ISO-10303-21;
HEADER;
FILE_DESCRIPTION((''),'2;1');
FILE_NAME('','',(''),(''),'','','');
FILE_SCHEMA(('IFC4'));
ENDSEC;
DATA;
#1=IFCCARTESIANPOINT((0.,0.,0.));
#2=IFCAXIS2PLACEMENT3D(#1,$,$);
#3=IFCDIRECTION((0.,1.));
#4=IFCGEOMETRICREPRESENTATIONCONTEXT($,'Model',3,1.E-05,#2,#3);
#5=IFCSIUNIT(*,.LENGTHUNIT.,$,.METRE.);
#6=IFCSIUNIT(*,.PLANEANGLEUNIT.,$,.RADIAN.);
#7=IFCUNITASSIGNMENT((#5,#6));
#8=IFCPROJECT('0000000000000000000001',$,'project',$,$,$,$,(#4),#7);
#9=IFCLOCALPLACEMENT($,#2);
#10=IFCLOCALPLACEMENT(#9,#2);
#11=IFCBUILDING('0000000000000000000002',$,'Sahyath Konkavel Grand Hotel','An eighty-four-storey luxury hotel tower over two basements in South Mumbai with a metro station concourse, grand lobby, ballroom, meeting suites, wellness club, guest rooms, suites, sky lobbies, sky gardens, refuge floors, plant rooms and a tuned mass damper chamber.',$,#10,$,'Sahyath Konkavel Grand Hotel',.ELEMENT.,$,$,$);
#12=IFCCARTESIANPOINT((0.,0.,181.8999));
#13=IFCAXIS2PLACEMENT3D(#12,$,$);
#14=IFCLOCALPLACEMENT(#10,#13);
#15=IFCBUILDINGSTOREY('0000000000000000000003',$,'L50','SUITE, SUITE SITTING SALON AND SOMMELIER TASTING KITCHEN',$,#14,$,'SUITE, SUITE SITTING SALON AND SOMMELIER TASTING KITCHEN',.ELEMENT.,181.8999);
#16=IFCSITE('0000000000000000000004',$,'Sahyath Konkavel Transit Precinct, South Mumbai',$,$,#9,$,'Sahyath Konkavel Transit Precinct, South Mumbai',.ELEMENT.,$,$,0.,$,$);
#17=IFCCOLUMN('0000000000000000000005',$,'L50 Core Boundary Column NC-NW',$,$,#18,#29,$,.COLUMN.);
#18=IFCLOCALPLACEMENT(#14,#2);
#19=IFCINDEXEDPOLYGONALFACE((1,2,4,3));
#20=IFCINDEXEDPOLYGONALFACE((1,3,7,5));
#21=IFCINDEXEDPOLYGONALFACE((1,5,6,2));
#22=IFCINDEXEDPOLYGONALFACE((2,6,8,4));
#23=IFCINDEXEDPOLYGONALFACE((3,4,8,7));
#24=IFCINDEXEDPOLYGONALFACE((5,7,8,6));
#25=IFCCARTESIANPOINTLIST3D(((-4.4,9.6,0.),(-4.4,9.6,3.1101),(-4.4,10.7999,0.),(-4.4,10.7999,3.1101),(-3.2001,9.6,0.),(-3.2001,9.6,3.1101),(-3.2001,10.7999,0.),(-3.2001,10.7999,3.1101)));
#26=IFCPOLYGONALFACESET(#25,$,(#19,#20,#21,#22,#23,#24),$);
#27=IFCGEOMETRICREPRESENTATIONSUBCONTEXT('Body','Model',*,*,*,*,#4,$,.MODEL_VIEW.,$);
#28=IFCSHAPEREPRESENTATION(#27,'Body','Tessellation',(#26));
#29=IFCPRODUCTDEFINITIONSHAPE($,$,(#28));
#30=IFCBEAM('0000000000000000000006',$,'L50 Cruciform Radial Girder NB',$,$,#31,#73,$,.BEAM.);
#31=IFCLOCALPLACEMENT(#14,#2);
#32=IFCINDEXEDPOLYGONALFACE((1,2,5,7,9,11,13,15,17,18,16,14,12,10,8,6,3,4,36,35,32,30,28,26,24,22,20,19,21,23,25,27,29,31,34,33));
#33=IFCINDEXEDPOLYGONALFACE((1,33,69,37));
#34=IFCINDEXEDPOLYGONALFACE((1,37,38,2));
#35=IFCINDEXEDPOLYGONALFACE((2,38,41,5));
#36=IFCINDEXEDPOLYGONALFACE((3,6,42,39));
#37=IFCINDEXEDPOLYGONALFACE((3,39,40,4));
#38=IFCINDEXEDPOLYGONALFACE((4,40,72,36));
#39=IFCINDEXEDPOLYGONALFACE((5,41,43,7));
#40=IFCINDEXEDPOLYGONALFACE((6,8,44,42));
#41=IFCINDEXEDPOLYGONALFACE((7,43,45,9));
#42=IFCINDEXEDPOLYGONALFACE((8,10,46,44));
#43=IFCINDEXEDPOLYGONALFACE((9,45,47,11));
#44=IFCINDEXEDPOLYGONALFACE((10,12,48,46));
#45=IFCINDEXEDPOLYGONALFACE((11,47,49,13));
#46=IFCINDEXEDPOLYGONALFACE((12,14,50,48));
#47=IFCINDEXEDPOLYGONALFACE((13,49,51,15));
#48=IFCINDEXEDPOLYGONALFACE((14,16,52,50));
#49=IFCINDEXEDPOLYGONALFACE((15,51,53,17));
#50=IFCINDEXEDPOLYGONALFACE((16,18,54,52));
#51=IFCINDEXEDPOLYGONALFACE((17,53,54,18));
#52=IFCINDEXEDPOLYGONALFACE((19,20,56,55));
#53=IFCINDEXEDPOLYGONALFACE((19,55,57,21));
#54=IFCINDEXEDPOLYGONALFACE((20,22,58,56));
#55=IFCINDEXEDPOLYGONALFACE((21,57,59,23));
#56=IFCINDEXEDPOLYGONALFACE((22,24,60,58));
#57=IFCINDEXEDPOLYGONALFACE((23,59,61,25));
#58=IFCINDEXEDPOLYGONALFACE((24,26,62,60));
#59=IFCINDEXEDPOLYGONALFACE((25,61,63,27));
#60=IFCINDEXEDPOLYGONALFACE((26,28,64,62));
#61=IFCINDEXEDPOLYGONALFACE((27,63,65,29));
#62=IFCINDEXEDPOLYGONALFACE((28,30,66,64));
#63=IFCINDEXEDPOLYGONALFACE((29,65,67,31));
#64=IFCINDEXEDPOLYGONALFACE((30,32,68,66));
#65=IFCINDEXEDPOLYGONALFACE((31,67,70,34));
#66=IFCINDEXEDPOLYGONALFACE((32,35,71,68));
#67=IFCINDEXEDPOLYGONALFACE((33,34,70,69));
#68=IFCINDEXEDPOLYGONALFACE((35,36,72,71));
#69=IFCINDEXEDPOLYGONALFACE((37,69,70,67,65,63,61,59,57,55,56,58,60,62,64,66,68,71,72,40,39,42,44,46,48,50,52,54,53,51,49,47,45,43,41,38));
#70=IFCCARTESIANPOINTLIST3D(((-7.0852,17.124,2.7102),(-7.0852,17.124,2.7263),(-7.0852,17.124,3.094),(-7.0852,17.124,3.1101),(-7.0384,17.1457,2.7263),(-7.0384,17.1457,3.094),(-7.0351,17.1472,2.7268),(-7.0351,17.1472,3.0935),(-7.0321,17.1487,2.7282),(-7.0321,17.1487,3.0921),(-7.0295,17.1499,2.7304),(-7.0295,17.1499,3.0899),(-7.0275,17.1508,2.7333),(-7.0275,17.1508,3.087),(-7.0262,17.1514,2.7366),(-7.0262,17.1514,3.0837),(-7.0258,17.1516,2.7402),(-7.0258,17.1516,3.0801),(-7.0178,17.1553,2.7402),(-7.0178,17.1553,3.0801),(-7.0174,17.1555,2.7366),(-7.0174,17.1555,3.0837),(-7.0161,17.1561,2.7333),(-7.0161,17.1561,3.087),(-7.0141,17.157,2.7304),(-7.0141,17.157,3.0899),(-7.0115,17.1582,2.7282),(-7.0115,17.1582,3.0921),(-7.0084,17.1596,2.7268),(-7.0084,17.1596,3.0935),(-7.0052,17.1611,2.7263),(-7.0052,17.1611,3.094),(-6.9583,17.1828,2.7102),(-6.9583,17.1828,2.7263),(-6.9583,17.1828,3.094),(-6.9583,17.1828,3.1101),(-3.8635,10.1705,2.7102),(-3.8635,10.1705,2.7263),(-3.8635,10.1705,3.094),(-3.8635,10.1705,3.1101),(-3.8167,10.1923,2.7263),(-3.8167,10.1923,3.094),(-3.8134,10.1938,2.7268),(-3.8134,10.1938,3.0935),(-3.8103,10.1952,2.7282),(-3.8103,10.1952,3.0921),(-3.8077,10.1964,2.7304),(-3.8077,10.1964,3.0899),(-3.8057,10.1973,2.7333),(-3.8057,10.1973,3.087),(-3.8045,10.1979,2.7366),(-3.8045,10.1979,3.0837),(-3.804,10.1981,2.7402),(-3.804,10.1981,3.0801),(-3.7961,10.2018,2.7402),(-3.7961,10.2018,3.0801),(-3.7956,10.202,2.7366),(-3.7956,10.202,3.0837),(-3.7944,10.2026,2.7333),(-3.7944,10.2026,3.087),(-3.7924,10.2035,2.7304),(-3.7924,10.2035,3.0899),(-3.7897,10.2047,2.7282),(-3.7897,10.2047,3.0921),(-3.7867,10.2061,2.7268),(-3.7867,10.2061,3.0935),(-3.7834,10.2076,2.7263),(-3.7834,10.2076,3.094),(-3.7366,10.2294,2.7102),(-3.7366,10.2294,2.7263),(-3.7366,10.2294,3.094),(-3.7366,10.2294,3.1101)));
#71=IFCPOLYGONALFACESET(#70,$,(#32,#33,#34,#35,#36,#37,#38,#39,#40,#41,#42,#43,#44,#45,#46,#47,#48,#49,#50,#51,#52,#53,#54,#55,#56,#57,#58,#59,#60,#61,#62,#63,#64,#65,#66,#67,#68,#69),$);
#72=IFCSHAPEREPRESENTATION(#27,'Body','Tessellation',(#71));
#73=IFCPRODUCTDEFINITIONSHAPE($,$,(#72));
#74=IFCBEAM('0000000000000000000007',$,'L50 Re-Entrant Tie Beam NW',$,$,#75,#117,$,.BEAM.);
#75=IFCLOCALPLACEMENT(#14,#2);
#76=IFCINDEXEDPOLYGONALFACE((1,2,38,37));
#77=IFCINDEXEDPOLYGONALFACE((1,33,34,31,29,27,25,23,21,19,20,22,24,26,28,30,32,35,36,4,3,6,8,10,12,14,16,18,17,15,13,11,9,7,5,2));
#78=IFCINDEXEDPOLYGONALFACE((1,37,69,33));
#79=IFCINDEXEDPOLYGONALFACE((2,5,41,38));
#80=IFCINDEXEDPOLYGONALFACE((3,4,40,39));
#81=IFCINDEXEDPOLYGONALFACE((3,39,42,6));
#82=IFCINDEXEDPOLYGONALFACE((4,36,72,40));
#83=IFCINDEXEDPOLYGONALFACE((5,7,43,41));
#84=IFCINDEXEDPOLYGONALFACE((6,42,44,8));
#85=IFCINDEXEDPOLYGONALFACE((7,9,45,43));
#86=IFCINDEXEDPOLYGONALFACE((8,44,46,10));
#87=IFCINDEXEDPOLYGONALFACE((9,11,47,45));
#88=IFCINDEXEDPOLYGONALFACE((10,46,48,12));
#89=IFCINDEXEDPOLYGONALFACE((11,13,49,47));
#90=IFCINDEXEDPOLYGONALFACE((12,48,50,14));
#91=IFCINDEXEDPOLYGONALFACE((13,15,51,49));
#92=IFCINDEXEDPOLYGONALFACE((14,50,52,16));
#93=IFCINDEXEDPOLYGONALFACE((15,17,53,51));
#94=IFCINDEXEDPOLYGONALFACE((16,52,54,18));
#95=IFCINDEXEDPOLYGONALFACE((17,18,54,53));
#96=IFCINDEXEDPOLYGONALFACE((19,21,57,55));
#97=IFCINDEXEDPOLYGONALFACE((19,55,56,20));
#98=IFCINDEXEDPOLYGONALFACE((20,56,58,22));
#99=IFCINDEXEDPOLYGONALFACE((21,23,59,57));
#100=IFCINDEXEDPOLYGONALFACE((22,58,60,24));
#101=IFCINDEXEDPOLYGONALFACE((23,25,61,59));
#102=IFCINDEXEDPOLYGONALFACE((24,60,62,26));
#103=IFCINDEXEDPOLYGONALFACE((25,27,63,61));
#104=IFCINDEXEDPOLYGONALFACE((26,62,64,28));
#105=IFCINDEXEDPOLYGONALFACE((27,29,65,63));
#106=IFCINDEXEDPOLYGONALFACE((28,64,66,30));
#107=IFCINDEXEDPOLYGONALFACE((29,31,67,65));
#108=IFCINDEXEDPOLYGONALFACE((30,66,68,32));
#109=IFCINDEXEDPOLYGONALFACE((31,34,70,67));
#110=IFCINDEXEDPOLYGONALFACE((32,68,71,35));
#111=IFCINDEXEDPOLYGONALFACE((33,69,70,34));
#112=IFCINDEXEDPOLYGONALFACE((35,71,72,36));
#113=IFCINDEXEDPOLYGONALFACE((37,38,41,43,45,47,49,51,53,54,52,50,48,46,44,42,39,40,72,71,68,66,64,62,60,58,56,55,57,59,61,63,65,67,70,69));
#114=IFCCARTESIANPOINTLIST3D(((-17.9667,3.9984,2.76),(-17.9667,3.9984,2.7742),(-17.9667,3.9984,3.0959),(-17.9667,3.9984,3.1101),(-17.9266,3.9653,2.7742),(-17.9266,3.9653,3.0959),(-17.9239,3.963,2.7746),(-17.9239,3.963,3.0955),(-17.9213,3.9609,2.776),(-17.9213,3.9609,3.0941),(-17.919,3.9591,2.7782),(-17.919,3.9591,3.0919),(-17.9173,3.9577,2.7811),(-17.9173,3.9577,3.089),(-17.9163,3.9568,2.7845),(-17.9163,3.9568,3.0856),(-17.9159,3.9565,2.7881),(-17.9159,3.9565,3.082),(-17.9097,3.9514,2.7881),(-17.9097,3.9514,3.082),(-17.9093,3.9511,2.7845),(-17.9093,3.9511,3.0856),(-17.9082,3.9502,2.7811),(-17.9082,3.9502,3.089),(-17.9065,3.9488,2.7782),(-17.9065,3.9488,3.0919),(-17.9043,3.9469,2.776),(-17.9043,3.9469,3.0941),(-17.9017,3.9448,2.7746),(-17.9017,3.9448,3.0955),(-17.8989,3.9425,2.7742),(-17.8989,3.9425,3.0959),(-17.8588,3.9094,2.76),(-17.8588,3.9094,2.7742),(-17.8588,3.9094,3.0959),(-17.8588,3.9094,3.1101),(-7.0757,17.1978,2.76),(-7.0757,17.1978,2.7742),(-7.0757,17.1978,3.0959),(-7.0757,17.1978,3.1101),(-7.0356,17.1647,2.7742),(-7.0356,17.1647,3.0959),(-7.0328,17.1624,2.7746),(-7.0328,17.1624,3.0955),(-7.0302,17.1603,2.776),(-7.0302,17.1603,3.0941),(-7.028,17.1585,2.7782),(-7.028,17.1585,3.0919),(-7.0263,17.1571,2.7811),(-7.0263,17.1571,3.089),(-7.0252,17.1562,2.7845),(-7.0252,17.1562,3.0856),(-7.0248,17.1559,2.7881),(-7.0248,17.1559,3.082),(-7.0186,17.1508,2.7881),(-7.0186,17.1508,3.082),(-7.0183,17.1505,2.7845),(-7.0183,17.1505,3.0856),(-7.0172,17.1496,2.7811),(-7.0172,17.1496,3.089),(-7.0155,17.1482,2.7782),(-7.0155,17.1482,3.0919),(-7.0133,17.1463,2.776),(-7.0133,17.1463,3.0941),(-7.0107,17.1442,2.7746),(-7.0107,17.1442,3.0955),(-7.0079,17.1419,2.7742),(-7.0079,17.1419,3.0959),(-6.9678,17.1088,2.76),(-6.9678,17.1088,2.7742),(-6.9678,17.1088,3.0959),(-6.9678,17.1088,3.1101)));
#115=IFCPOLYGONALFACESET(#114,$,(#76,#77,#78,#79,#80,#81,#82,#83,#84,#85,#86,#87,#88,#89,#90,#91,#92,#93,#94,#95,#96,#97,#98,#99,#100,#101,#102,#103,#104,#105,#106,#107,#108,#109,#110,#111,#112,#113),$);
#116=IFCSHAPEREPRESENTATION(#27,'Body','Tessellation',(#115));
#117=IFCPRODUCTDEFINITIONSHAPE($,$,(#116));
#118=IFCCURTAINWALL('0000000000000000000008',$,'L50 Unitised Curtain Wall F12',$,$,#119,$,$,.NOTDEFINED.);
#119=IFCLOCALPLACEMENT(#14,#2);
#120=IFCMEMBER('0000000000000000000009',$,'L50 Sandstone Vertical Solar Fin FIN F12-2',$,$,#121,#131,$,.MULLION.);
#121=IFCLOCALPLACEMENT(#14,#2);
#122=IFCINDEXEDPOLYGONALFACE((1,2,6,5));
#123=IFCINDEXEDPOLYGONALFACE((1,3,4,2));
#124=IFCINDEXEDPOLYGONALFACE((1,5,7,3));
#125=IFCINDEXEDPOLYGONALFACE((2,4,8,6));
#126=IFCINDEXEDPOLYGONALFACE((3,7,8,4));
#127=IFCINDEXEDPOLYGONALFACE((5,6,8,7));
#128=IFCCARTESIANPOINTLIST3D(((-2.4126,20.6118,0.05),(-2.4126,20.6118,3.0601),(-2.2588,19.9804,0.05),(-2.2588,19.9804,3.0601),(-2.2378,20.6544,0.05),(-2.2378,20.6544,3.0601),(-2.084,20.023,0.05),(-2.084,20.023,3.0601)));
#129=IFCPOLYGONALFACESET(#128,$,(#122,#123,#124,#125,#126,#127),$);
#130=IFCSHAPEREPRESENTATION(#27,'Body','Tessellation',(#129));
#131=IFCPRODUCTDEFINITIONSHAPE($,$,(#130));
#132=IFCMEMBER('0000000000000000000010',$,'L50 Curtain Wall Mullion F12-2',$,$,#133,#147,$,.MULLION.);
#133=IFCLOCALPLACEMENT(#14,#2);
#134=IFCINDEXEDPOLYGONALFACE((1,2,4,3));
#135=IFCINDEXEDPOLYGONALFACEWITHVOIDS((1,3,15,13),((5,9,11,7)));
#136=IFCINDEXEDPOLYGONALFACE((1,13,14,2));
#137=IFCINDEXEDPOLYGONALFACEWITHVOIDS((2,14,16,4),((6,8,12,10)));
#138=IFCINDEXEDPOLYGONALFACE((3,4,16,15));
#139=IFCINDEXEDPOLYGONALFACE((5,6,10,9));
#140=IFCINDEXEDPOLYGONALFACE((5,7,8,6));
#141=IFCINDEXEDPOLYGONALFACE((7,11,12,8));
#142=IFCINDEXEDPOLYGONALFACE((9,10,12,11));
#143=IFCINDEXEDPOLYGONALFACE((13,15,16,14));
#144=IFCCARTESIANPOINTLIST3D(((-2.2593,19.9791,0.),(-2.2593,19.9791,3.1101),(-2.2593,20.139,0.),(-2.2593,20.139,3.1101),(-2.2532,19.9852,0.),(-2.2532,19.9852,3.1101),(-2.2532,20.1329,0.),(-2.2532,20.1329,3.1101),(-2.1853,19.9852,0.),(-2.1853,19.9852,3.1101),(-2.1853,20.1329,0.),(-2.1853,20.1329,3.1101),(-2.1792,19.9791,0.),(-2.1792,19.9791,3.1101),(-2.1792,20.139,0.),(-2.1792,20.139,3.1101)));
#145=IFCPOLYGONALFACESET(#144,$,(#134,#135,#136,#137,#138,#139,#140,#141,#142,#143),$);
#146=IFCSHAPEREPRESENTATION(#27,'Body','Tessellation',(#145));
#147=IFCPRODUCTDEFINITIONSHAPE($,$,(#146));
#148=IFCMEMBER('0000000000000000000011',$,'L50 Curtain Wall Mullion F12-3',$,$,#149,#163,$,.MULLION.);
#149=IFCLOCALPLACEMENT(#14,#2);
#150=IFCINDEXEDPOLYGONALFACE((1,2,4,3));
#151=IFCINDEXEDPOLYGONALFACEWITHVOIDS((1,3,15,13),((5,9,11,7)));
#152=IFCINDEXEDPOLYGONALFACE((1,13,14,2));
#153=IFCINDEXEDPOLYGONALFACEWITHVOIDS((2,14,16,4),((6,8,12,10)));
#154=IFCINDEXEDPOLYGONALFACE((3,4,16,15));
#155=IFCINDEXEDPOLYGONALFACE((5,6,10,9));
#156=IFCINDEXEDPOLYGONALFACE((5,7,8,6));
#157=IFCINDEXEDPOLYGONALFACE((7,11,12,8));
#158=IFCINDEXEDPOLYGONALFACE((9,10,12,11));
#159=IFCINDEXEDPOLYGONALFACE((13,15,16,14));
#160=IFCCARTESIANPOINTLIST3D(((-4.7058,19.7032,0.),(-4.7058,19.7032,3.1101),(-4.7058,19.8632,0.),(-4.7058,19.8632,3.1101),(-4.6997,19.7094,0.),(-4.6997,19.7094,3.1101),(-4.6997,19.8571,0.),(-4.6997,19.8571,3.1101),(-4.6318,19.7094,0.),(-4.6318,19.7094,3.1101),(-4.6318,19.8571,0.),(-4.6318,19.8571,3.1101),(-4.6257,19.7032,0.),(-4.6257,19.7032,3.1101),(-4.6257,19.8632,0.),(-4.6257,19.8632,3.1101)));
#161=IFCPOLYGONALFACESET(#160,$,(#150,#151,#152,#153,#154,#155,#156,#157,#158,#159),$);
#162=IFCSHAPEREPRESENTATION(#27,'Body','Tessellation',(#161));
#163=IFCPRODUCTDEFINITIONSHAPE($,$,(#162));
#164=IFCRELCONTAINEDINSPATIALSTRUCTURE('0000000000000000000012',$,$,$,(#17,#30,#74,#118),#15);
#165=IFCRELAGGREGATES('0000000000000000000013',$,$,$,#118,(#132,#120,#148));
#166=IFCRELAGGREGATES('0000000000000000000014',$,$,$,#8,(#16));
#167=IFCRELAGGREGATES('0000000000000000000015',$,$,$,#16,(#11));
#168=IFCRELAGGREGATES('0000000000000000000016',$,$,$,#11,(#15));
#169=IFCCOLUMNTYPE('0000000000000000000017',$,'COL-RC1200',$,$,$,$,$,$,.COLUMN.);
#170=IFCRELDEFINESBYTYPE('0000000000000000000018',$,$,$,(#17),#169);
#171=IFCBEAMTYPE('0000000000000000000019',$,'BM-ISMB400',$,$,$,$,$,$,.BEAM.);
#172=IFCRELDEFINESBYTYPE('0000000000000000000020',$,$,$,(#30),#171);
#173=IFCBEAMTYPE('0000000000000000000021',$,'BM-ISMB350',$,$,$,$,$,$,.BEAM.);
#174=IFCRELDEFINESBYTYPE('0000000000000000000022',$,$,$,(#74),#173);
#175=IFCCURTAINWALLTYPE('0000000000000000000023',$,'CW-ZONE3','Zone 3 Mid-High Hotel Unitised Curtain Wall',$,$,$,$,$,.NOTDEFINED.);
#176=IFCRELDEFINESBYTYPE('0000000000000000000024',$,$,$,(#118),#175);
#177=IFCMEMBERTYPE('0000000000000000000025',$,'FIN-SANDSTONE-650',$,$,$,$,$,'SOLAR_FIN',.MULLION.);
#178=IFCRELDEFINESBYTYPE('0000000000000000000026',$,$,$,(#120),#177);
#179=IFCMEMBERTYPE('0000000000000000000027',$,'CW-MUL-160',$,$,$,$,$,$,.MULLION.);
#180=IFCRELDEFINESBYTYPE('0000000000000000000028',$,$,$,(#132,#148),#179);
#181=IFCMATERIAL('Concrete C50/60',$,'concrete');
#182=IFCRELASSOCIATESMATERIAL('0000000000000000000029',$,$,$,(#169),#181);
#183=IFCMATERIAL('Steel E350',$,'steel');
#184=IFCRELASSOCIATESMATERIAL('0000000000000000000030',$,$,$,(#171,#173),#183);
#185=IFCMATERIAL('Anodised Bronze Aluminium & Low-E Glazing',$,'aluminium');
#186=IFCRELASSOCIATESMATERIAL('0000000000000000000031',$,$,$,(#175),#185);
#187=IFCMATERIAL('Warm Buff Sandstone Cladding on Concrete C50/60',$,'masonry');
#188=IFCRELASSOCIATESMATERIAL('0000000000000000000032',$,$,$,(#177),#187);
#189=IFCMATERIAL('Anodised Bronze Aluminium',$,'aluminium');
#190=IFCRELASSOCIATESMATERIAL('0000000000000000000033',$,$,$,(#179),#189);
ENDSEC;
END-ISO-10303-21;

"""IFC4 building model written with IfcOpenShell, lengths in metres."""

from ifc_helpers import new_model, si_unit, direction, frame, origin, origin_2d, place, context, subcontext, project, spatial, rectangle, hollow_rectangle, i_section, extrude, source, transform, mapped, material, material_profile, profile_set, type_object, element, aggregate, save


model = new_model("IFC4")

# Units and contexts
model_context = context("Model", 3, precision=1e-05, world=origin(), true_north=direction((0.0, 1.0)))
body_context = subcontext(model_context, "Body", "Model", "MODEL_VIEW")
ifc_project = project(units=[si_unit("LENGTHUNIT", "METRE"), si_unit("PLANEANGLEUNIT", "RADIAN")], contexts=[model_context])

# Site, building, storey
site_placement = place(None, origin())
site = spatial("IfcSite", under=ifc_project, at=site_placement, Name="Sahyath Konkavel Transit Precinct, South Mumbai", LongName="Sahyath Konkavel Transit Precinct, South Mumbai", CompositionType="ELEMENT", RefElevation=0.0)
building_placement = place(site_placement, origin())
building = spatial("IfcBuilding", under=site, at=building_placement, Name="Sahyath Konkavel Grand Hotel", Description="An eighty-four-storey luxury hotel tower over two basements in South Mumbai with a metro station concourse, grand lobby, ballroom, meeting suites, wellness club, guest rooms, suites, sky lobbies, sky gardens, refuge floors, plant rooms and a tuned mass damper chamber.", LongName="Sahyath Konkavel Grand Hotel", CompositionType="ELEMENT")
storey_placement = place(building_placement, frame((0.0, 0.0, 181.8999)))
storey = spatial("IfcBuildingStorey", under=building, at=storey_placement, Name="L50", Description="SUITE, SUITE SITTING SALON AND SOMMELIER TASTING KITCHEN", LongName="SUITE, SUITE SITTING SALON AND SOMMELIER TASTING KITCHEN", CompositionType="ELEMENT", Elevation=181.8999)

# Column
ifc_material_1 = material(Name="Concrete C50/60", Category="concrete")
ifc_material_profile_1 = material_profile(ifc_material_1, rectangle(XDim=1.2, YDim=1.2, at=origin_2d()), Name="RC 1200x1200")
ifc_profile_set_1 = profile_set([ifc_material_profile_1], Name="Concrete C50/60")
column_type = type_object("IfcColumnType", Name="COL-RC1200", PredefinedType="COLUMN", material=ifc_profile_set_1)
shared_shape_1 = source(origin(), body_context, "Body", "SweptSolid", [
    extrude(rectangle(XDim=1.2, YDim=1.2, at=origin_2d()), origin(), (0.0, 0.0, 1.0), 3.1101),
])
column_placement = place(storey_placement, frame((-3.8, 10.2, 0.0), z_axis=(0.0, 0.0, 1.0), x_axis=(1.0, 0.0, 0.0)))
element("IfcColumn", 1, at=column_placement, inside=storey, type_object=column_type, Name="L50 Core Boundary Column NC-NW", PredefinedType="COLUMN", context=body_context, shape_type="MappedRepresentation", body=[
    mapped(shared_shape_1, transform((0.0, 0.0, 0.0), scale=1.0)),
])

# Beams
ifc_material_2 = material(Name="Steel E350", Category="steel")
ifc_material_profile_2 = material_profile(ifc_material_2, i_section(OverallWidth=0.1399, OverallDepth=0.3999, WebThickness=0.0088, FlangeThickness=0.0161, FilletRadius=0.0139, at=origin_2d()), Name="ISMB 400")
ifc_profile_set_2 = profile_set([ifc_material_profile_2], Name="Steel E350")
beam_type_1 = type_object("IfcBeamType", Name="BM-ISMB400", PredefinedType="BEAM", material=ifc_profile_set_2)
shared_shape_2 = source(origin(), body_context, "Body", "SweptSolid", [
    extrude(i_section(OverallWidth=0.1399, OverallDepth=0.3999, WebThickness=0.0088, FlangeThickness=0.0161, FilletRadius=0.0139, at=origin_2d()), origin(), (0.0, 0.0, 1.0), 7.6636),
])
beam_1_placement = place(storey_placement, frame((-3.8, 10.2, 2.9102), z_axis=(-0.420395, 0.907341, 0.0), x_axis=(-0.907341, -0.420395, 0.0)))
element("IfcBeam", 2, at=beam_1_placement, inside=storey, type_object=beam_type_1, Name="L50 Cruciform Radial Girder NB", PredefinedType="BEAM", context=body_context, shape_type="MappedRepresentation", body=[
    mapped(shared_shape_2, transform((0.0, 0.0, 0.0), scale=1.0)),
])
ifc_material_profile_3 = material_profile(ifc_material_2, i_section(OverallWidth=0.1399, OverallDepth=0.3501, WebThickness=0.0081, FlangeThickness=0.0142, FilletRadius=0.0139, at=origin_2d()), Name="ISMB 350")
ifc_profile_set_3 = profile_set([ifc_material_profile_3], Name="Steel E350")
beam_type_2 = type_object("IfcBeamType", Name="BM-ISMB350", PredefinedType="BEAM", material=ifc_profile_set_3)
shared_shape_3 = source(origin(), body_context, "Body", "SweptSolid", [
    extrude(i_section(OverallWidth=0.1399, OverallDepth=0.3501, WebThickness=0.0081, FlangeThickness=0.0142, FilletRadius=0.0139, at=origin_2d()), origin(), (0.0, 0.0, 1.0), 17.1125),
])
beam_2_placement = place(storey_placement, frame((-7.0217, 17.1533, 2.9351), z_axis=(-0.636437, -0.771329, 0.0), x_axis=(0.771329, -0.636437, 0.0)))
element("IfcBeam", 3, at=beam_2_placement, inside=storey, type_object=beam_type_2, Name="L50 Re-Entrant Tie Beam NW", PredefinedType="BEAM", context=body_context, shape_type="MappedRepresentation", body=[
    mapped(shared_shape_3, transform((0.0, 0.0, 0.0), scale=1.0)),
])

# Curtain wall, members
ifc_material_3 = material(Name="Anodised Bronze Aluminium & Low-E Glazing", Category="aluminium")
curtain_wall_type = type_object("IfcCurtainWallType", Name="CW-ZONE3", Description="Zone 3 Mid-High Hotel Unitised Curtain Wall", PredefinedType="NOTDEFINED", material=ifc_material_3)
curtain_wall_placement = place(storey_placement, origin())
curtain_wall = element("IfcCurtainWall", 4, at=curtain_wall_placement, inside=storey, type_object=curtain_wall_type, Name="L50 Unitised Curtain Wall F12", PredefinedType="NOTDEFINED")
ifc_material_4 = material(Name="Warm Buff Sandstone Cladding on Concrete C50/60", Category="masonry")
ifc_material_profile_4 = material_profile(ifc_material_4, rectangle(XDim=0.1799, YDim=0.6499, at=origin_2d()), Name="FIN 180x650")
ifc_profile_set_4 = profile_set([ifc_material_profile_4], Name="Warm Buff Sandstone Cladding on Concrete C50/60")
member_type_1 = type_object("IfcMemberType", Name="FIN-SANDSTONE-650", ElementType="SOLAR_FIN", PredefinedType="MULLION", material=ifc_profile_set_4)
shared_shape_4 = source(origin(), body_context, "Body", "SweptSolid", [
    extrude(rectangle(XDim=0.1799, YDim=0.6499, at=origin_2d()), origin(), (0.0, 0.0, 1.0), 3.01),
])
member_1_placement = place(storey_placement, frame((-2.2483, 20.3174, 0.05), z_axis=(0.0, 0.0, 1.0), x_axis=(0.97159, 0.236669, 0.0)))
member_1 = element("IfcMember", 5, at=member_1_placement, type_object=member_type_1, Name="L50 Sandstone Vertical Solar Fin FIN F12-2", PredefinedType="MULLION", context=body_context, shape_type="MappedRepresentation", body=[
    mapped(shared_shape_4, transform((0.0, 0.0, 0.0), scale=1.0)),
])
ifc_material_5 = material(Name="Anodised Bronze Aluminium", Category="aluminium")
ifc_material_profile_5 = material_profile(ifc_material_5, hollow_rectangle(XDim=0.0801, YDim=0.1599, WallThickness=0.0061, at=origin_2d()), Name="RHS 160x80x6")
ifc_profile_set_5 = profile_set([ifc_material_profile_5], Name="Anodised Bronze Aluminium")
member_type_2 = type_object("IfcMemberType", Name="CW-MUL-160", PredefinedType="MULLION", material=ifc_profile_set_5)
shared_shape_5 = source(origin(), body_context, "Body", "SweptSolid", [
    extrude(hollow_rectangle(XDim=0.0801, YDim=0.1599, WallThickness=0.0061, at=origin_2d()), origin(), (0.0, 0.0, 1.0), 3.1101),
])
member_2_placement = place(storey_placement, frame((-2.2192, 20.0591, 0.0), z_axis=(0.0, 0.0, 1.0), x_axis=(1.0, 0.0, 0.0)))
member_2 = element("IfcMember", 6, at=member_2_placement, type_object=member_type_2, Name="L50 Curtain Wall Mullion F12-2", PredefinedType="MULLION", context=body_context, shape_type="MappedRepresentation", body=[
    mapped(shared_shape_5, transform((0.0, 0.0, 0.0), scale=1.0)),
])
member_3_placement = place(storey_placement, frame((-4.6658, 19.7832, 0.0), z_axis=(0.0, 0.0, 1.0), x_axis=(1.0, 0.0, 0.0)))
member_3 = element("IfcMember", 7, at=member_3_placement, type_object=member_type_2, Name="L50 Curtain Wall Mullion F12-3", PredefinedType="MULLION", context=body_context, shape_type="MappedRepresentation", body=[
    mapped(shared_shape_5, transform((0.0, 0.0, 0.0), scale=1.0)),
])

aggregate(curtain_wall, [member_2, member_1, member_3])

save(model, "model.ifc")
